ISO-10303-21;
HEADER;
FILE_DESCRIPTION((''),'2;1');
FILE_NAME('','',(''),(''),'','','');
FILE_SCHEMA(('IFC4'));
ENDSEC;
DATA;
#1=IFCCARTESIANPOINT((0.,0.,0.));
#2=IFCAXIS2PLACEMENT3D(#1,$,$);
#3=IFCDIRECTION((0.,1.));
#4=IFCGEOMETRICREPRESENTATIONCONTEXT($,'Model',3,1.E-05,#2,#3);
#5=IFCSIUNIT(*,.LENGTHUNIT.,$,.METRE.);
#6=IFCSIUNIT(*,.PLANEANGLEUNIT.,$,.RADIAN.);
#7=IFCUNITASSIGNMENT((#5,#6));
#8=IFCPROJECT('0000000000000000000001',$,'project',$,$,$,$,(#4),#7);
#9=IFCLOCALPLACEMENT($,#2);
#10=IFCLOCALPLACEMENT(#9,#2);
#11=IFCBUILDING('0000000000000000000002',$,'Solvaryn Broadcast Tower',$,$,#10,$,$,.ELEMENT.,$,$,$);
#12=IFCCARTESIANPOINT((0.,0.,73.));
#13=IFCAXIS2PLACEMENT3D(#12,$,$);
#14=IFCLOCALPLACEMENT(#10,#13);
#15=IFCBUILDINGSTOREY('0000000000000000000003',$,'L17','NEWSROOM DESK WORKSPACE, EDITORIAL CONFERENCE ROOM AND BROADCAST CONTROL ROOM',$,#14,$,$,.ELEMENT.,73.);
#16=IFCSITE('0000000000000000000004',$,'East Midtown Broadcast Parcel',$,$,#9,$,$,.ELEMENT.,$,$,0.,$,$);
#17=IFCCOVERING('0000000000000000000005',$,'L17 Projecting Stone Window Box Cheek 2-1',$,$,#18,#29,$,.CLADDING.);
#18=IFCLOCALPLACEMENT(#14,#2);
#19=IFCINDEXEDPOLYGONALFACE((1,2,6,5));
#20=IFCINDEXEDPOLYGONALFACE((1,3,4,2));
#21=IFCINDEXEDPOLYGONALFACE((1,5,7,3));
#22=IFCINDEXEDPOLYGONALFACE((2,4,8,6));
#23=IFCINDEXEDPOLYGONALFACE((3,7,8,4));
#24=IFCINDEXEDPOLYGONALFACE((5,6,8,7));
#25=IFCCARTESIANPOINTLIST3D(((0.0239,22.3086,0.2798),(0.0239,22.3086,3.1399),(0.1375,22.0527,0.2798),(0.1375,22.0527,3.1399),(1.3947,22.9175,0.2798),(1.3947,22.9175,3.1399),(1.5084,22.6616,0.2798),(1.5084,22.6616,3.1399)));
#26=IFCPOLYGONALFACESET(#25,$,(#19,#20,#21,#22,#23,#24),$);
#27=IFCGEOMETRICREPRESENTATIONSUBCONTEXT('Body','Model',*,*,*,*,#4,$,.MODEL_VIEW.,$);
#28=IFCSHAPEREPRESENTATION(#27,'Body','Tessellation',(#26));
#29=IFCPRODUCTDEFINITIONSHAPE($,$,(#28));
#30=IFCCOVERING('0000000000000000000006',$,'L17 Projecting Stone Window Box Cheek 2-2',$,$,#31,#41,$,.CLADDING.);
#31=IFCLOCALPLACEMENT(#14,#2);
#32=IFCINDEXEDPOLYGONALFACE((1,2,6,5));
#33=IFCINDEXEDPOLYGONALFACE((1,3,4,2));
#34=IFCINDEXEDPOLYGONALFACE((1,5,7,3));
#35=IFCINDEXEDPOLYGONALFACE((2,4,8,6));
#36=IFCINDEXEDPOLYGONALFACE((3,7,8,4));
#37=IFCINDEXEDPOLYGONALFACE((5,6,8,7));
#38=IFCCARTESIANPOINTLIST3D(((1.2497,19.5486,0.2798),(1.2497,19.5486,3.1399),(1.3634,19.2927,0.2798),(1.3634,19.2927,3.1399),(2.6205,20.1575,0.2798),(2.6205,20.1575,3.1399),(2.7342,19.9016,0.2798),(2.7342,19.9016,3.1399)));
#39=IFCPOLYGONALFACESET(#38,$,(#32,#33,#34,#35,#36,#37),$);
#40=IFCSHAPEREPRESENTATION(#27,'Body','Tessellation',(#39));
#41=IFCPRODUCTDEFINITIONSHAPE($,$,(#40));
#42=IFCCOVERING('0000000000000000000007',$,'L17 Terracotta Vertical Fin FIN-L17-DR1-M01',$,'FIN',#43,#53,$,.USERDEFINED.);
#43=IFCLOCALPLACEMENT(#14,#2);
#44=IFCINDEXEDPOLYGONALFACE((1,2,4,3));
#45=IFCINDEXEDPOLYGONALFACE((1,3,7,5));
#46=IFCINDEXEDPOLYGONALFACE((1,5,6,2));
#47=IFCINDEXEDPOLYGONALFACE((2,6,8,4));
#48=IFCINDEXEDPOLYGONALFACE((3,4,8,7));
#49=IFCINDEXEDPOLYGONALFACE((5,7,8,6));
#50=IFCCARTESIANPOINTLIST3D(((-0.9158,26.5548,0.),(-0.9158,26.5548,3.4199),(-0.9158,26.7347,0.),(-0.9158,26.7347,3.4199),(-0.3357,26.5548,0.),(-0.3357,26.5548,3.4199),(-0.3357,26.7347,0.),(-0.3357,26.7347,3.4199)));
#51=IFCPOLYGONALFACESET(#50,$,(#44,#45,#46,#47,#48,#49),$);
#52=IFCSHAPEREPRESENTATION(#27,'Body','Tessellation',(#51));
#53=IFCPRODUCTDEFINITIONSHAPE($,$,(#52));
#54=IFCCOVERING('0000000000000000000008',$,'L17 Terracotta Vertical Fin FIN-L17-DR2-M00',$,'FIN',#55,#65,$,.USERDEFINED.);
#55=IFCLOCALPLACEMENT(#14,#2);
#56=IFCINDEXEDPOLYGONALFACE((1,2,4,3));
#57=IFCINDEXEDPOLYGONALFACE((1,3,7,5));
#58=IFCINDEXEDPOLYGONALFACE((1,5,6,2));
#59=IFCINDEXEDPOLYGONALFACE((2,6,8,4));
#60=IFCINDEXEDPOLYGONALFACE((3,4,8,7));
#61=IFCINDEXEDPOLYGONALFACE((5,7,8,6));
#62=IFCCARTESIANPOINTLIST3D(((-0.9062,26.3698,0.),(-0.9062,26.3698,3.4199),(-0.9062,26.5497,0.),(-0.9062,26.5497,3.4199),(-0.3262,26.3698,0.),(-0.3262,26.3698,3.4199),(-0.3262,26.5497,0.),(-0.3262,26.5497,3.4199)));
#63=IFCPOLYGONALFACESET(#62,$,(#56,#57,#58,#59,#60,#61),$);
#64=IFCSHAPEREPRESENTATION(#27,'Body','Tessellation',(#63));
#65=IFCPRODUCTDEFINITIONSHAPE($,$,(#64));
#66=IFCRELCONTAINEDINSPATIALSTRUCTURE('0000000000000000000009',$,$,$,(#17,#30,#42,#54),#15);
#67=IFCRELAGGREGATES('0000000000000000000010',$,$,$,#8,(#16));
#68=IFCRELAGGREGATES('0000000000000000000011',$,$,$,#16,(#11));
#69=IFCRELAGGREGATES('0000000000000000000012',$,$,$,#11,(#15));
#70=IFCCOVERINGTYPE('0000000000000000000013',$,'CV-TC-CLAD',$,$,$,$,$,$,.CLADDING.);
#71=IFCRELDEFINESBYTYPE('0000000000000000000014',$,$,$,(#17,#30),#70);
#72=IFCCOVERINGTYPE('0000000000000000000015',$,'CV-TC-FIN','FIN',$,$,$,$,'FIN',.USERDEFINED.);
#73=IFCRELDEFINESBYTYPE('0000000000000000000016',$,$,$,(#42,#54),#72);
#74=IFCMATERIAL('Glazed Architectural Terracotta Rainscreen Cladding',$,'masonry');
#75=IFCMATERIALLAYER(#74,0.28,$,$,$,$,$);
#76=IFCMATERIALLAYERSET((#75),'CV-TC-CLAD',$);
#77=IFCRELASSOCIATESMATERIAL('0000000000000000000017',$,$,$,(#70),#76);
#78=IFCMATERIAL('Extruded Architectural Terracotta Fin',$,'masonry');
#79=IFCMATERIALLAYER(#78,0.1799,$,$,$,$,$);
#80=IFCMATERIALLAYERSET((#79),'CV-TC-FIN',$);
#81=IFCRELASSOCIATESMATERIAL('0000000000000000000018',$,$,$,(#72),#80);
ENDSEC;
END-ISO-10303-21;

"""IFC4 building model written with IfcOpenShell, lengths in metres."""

from ifc_helpers import new_model, si_unit, direction, frame, origin, origin_2d, place, context, subcontext, project, spatial, rectangle, extrude, material, layer, layer_set, type_object, element, save


model = new_model("IFC4")

# Units and contexts
model_context = context("Model", 3, precision=1e-05, world=origin(), true_north=direction((0.0, 1.0)))
body_context = subcontext(model_context, "Body", "Model", "MODEL_VIEW")
ifc_project = project(units=[si_unit("LENGTHUNIT", "METRE"), si_unit("PLANEANGLEUNIT", "RADIAN")], contexts=[model_context])

# Site, building, storey
site_placement = place(None, origin())
site = spatial("IfcSite", under=ifc_project, at=site_placement, Name="East Midtown Broadcast Parcel", CompositionType="ELEMENT", RefElevation=0.0)
building_placement = place(site_placement, origin())
building = spatial("IfcBuilding", under=site, at=building_placement, Name="Solvaryn Broadcast Tower", CompositionType="ELEMENT")
storey_placement = place(building_placement, frame((0.0, 0.0, 73.0)))
storey = spatial("IfcBuildingStorey", under=building, at=storey_placement, Name="L17", Description="NEWSROOM DESK WORKSPACE, EDITORIAL CONFERENCE ROOM AND BROADCAST CONTROL ROOM", CompositionType="ELEMENT", Elevation=73.0)

# Coverings
ifc_material_1 = material(Name="Glazed Architectural Terracotta Rainscreen Cladding", Category="masonry")
ifc_layer_1 = layer(ifc_material_1, 0.28)
ifc_layer_set_1 = layer_set([ifc_layer_1], Name="CV-TC-CLAD")
covering_type_1 = type_object("IfcCoveringType", Name="CV-TC-CLAD", PredefinedType="CLADDING", material=ifc_layer_set_1)
for number, where, z_axis, x_axis, name in (
    (1, (0.7661, 22.4851, 0.2798), (0.0, 0.0, 1.0), (0.405939, -0.9139, 0.0), "L17 Projecting Stone Window Box Cheek 2-1"),
    (2, (1.9919, 19.7251, 0.2798), (0.0, 0.0, 1.0), (0.405939, -0.9139, 0.0), "L17 Projecting Stone Window Box Cheek 2-2"),
):
    element("IfcCovering", number, at=place(storey_placement, frame(where, z_axis=z_axis, x_axis=x_axis)), inside=storey, type_object=covering_type_1, Name=name, PredefinedType="CLADDING", context=body_context, shape_type="SweptSolid", body=[
        extrude(rectangle(XDim=0.28, YDim=1.5, at=origin_2d()), origin(), (0.0, 0.0, 1.0), 2.8601),
    ])
ifc_material_2 = material(Name="Extruded Architectural Terracotta Fin", Category="masonry")
ifc_layer_2 = layer(ifc_material_2, 0.1799)
ifc_layer_set_2 = layer_set([ifc_layer_2], Name="CV-TC-FIN")
covering_type_2 = type_object("IfcCoveringType", Name="CV-TC-FIN", Description="FIN", ElementType="FIN", PredefinedType="USERDEFINED", material=ifc_layer_set_2)
for number, where, z_axis, x_axis, name in (
    (3, (-0.6257, 26.6448, 0.0), (0.0, 0.0, 1.0), (1.0, 0.0, 0.0), "L17 Terracotta Vertical Fin FIN-L17-DR1-M01"),
    (4, (-0.6162, 26.4597, 0.0), (0.0, 0.0, 1.0), (1.0, 0.0, 0.0), "L17 Terracotta Vertical Fin FIN-L17-DR2-M00"),
):
    element("IfcCovering", number, at=place(storey_placement, frame(where, z_axis=z_axis, x_axis=x_axis)), inside=storey, type_object=covering_type_2, Name=name, ObjectType="FIN", PredefinedType="USERDEFINED", context=body_context, shape_type="SweptSolid", body=[
        extrude(rectangle(XDim=0.5801, YDim=0.1799, at=origin_2d()), origin(), (0.0, 0.0, 1.0), 3.4199),
    ])

save(model, "model.ifc")
